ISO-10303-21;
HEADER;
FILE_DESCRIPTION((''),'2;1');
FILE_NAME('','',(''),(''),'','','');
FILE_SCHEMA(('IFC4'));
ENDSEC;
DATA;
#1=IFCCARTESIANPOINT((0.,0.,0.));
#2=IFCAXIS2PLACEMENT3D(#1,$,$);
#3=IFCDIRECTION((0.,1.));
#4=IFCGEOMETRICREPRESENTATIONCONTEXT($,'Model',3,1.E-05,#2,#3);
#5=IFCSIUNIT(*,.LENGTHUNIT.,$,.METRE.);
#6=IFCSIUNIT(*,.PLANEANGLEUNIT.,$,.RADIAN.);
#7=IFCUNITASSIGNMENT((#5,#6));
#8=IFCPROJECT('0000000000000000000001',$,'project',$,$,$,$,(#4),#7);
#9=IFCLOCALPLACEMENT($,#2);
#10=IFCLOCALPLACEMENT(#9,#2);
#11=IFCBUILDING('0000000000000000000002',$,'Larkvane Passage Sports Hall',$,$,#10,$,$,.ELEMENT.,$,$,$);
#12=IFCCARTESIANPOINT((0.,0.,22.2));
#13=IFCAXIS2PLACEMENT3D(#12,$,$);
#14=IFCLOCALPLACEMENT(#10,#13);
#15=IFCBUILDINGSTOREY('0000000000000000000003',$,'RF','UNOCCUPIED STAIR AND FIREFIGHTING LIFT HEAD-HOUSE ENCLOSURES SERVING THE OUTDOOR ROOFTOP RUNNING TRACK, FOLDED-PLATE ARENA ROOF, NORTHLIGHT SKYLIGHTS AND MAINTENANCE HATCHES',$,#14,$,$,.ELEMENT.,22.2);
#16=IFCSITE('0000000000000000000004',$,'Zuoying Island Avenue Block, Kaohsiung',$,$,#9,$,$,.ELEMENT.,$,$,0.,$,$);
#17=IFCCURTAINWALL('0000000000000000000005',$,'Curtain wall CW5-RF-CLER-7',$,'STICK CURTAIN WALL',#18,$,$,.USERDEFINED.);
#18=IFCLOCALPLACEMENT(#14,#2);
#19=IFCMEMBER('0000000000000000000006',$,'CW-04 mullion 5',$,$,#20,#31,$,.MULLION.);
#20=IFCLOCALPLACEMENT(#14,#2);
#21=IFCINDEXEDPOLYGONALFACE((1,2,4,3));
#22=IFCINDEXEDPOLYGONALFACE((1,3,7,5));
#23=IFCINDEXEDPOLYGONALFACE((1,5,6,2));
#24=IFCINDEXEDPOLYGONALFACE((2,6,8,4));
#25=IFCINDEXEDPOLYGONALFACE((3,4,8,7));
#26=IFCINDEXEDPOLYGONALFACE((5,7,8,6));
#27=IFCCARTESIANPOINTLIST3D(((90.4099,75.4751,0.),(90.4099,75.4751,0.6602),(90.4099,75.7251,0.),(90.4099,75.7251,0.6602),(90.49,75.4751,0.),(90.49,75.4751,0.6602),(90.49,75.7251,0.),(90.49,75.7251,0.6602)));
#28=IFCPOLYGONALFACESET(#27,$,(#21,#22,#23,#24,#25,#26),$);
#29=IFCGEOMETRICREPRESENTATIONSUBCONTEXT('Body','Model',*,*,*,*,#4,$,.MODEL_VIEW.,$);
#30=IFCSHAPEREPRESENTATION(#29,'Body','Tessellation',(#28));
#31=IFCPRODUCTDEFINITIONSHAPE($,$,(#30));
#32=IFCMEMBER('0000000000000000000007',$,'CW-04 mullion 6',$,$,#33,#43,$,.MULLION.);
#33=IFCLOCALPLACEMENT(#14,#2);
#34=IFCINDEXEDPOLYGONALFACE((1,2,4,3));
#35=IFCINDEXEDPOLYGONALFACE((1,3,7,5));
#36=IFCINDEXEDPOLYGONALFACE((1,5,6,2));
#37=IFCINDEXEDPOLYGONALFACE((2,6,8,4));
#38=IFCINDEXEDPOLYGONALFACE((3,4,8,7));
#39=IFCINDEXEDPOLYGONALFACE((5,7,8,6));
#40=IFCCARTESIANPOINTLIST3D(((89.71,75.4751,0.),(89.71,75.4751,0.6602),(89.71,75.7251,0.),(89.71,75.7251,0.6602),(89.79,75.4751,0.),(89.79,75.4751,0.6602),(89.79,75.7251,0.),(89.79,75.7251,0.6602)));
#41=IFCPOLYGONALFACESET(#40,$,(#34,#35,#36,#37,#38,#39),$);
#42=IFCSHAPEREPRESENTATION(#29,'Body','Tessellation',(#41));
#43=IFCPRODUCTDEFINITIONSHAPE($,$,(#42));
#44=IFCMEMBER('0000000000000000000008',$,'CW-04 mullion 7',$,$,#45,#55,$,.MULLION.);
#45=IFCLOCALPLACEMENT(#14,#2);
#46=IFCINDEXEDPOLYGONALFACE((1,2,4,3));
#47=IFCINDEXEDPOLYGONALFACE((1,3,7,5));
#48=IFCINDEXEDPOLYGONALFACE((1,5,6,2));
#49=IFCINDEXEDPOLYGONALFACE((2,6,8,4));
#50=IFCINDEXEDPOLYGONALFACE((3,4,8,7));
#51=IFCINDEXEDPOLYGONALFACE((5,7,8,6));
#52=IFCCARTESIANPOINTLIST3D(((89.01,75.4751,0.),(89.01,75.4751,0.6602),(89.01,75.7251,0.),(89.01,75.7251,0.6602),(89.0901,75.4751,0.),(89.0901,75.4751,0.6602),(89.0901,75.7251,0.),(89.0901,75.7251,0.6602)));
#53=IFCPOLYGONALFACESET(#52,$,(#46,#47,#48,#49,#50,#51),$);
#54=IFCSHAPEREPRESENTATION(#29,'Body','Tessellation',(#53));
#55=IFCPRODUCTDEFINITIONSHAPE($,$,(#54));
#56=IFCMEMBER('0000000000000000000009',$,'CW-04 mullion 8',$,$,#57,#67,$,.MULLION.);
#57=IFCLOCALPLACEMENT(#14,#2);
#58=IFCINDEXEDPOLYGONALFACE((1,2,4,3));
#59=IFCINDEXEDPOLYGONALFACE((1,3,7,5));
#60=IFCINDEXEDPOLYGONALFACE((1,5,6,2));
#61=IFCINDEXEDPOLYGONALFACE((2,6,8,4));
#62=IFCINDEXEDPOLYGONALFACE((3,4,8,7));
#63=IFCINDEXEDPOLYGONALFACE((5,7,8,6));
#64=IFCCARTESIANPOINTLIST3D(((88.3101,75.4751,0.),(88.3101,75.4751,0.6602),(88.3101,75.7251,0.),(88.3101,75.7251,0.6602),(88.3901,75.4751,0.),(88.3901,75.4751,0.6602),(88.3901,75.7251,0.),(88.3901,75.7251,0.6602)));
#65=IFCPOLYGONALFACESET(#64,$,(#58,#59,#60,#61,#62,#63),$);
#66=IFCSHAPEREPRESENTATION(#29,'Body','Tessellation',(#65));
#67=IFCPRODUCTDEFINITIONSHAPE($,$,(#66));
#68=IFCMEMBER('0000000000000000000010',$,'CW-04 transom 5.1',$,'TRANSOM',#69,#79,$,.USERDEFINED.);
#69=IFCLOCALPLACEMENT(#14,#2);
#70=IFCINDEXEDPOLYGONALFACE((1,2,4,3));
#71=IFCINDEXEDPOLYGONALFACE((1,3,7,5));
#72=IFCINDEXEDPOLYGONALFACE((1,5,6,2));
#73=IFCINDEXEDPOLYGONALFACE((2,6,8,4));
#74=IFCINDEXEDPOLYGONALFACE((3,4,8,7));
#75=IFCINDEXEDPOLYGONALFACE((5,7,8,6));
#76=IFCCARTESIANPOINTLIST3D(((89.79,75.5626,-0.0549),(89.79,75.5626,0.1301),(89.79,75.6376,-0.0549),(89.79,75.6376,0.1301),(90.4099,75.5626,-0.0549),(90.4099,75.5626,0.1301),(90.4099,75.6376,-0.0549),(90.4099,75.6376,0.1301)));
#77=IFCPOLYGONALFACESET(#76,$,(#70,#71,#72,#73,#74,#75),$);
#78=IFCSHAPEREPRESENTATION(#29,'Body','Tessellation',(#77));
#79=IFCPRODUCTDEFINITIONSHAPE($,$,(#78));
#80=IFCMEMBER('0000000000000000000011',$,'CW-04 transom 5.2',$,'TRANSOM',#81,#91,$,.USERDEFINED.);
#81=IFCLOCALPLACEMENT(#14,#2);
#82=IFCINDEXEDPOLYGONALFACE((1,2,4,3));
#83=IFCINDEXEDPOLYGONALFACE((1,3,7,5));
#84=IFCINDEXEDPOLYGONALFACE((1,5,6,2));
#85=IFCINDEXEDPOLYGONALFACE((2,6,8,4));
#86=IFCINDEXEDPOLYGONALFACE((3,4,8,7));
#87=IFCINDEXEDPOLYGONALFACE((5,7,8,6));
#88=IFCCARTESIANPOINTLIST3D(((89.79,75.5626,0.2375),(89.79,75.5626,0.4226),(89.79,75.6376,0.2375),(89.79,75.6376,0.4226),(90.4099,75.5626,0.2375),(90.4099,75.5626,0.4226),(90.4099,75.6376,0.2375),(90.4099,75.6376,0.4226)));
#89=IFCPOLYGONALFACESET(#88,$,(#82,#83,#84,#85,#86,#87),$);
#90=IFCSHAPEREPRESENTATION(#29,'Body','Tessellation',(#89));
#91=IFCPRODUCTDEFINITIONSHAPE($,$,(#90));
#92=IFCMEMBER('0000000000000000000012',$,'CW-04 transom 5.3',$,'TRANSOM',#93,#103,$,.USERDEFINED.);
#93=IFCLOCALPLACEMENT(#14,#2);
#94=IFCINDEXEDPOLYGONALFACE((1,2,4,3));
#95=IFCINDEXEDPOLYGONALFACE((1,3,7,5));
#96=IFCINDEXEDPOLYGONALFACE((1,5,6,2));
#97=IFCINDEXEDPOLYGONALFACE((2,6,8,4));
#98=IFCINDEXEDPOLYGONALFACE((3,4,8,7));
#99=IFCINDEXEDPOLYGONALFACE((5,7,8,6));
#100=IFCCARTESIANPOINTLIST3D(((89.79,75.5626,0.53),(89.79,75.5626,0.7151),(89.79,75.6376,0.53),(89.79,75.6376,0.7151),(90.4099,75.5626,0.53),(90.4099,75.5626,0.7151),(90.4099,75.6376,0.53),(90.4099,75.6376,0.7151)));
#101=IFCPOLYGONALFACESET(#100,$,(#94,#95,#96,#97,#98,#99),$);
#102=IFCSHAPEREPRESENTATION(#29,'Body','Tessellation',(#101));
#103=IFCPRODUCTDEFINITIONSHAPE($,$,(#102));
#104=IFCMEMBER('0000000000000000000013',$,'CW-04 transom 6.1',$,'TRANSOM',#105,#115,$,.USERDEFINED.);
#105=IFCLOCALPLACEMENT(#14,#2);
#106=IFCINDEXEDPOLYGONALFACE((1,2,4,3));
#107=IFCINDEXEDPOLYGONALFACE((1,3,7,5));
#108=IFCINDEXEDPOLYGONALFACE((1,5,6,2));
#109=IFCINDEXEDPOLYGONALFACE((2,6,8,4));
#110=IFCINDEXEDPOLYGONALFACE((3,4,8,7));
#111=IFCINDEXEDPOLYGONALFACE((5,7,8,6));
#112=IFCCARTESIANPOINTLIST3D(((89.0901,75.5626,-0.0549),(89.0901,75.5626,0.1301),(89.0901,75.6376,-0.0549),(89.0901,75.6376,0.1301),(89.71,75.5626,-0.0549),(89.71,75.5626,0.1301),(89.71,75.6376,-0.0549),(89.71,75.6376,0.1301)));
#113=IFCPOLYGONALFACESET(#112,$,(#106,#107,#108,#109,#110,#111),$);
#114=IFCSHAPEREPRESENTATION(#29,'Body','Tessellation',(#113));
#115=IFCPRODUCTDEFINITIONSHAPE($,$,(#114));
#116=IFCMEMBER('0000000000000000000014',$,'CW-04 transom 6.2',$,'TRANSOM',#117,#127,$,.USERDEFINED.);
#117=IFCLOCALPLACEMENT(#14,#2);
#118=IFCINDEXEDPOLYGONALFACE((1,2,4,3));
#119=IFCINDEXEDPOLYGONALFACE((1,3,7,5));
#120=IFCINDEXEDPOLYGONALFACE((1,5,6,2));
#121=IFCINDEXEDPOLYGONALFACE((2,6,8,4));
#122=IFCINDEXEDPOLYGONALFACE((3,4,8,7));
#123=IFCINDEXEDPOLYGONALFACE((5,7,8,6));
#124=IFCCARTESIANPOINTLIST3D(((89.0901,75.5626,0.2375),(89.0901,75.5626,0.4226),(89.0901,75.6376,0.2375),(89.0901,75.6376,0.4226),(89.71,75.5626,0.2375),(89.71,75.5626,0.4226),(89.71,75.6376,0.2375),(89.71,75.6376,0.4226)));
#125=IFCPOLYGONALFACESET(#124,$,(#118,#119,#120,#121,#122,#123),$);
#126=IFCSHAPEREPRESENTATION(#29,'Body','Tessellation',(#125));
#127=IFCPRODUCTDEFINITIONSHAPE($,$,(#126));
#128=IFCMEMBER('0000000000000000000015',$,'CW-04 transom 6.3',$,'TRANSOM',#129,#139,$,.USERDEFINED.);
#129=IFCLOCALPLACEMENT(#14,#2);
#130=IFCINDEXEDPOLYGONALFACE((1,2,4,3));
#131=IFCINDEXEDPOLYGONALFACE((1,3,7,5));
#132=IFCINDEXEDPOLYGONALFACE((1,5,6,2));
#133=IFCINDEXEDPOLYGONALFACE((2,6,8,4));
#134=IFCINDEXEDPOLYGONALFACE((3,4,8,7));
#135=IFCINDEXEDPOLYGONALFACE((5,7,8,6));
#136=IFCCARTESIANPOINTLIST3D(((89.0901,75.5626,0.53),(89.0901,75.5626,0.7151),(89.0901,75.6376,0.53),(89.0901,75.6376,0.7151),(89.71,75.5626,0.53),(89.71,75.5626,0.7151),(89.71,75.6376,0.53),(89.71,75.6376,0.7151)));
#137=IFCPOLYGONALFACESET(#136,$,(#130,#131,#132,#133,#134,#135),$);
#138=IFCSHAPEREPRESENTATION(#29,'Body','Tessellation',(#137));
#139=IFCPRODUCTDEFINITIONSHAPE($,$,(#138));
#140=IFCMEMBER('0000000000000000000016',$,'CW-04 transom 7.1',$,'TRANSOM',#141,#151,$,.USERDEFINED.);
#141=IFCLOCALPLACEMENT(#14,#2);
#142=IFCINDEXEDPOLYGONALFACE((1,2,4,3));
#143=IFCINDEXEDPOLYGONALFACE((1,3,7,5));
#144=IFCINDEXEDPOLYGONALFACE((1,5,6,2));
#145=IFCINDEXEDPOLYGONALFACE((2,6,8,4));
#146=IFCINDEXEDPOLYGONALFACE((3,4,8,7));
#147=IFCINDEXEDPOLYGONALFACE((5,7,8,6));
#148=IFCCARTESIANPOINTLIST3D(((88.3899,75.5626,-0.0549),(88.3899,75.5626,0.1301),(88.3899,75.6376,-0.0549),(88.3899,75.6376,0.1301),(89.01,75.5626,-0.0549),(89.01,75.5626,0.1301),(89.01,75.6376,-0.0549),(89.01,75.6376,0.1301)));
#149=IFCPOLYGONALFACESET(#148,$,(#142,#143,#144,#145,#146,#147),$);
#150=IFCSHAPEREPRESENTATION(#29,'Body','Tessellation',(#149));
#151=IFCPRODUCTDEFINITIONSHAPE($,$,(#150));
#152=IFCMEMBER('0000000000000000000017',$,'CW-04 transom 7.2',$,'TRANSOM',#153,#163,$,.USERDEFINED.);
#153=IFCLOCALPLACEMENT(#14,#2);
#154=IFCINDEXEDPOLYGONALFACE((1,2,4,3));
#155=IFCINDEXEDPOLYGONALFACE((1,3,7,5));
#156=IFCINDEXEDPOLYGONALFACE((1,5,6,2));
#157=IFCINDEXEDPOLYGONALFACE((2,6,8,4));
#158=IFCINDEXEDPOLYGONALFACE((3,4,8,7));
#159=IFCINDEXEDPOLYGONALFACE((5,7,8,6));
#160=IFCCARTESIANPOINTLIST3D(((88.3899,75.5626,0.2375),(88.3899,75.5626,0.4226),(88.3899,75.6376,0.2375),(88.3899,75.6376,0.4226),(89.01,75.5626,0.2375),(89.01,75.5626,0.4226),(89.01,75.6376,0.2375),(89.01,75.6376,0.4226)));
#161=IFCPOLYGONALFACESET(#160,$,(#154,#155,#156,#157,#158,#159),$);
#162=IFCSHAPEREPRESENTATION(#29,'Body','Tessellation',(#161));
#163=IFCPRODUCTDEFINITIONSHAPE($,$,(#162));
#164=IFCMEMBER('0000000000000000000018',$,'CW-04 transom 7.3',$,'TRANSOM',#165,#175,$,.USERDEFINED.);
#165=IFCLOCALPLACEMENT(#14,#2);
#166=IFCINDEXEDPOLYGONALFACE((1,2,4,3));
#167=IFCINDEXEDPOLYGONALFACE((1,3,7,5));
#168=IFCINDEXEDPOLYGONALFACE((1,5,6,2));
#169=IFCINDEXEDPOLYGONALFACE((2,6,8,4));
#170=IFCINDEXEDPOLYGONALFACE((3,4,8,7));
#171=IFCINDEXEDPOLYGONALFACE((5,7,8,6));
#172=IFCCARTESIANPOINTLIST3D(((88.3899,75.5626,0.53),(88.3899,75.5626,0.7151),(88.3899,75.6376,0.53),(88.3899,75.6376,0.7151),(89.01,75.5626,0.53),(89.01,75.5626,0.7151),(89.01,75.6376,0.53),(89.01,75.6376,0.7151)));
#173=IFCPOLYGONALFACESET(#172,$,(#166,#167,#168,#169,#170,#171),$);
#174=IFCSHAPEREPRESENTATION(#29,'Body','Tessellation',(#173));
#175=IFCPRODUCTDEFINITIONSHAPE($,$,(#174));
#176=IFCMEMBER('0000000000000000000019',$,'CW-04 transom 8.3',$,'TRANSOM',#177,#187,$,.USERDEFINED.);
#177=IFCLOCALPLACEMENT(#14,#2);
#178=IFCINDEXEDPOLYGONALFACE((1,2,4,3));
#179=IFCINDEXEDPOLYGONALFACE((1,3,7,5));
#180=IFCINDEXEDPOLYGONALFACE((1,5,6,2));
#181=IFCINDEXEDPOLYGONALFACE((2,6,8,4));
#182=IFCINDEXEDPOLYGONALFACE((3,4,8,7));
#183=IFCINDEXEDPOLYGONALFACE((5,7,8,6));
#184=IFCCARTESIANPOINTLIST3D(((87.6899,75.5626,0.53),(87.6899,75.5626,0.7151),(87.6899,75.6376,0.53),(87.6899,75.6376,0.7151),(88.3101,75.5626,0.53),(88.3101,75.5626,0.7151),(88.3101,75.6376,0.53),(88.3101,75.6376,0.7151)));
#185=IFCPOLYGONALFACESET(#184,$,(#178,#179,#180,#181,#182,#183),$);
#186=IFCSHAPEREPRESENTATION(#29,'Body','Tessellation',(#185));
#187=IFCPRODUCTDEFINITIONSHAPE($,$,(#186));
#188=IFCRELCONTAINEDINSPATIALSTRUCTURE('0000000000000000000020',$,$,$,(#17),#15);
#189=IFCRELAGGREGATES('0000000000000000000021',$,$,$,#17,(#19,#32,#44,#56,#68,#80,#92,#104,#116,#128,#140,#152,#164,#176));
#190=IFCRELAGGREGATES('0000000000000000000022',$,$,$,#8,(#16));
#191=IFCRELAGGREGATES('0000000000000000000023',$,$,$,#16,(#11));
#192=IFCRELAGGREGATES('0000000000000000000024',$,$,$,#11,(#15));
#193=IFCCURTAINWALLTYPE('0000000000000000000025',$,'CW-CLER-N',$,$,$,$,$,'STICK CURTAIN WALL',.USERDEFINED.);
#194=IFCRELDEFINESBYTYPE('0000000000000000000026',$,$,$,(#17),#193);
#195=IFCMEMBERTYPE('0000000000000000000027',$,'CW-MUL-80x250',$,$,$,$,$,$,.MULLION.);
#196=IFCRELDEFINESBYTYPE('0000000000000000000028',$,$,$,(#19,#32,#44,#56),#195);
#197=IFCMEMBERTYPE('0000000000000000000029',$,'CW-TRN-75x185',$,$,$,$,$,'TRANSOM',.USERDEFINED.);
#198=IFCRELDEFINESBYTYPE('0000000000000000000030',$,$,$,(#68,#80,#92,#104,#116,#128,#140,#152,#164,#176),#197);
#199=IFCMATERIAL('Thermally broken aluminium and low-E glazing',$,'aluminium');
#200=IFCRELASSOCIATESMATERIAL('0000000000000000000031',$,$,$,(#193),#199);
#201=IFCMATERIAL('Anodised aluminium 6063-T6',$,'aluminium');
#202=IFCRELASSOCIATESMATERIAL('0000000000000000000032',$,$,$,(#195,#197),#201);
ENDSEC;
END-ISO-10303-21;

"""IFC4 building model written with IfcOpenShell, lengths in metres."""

from ifc_helpers import new_model, si_unit, direction, frame, origin, origin_2d, place, context, subcontext, project, spatial, rectangle, extrude, material, material_profile, profile_set, type_object, element, aggregate, save


model = new_model("IFC4")

# Units and contexts
model_context = context("Model", 3, precision=1e-05, world=origin(), true_north=direction((0.0, 1.0)))
body_context = subcontext(model_context, "Body", "Model", "MODEL_VIEW")
ifc_project = project(units=[si_unit("LENGTHUNIT", "METRE"), si_unit("PLANEANGLEUNIT", "RADIAN")], contexts=[model_context])

# Site, building, storey
site_placement = place(None, origin())
site = spatial("IfcSite", under=ifc_project, at=site_placement, Name="Zuoying Island Avenue Block, Kaohsiung", CompositionType="ELEMENT", RefElevation=0.0)
building_placement = place(site_placement, origin())
building = spatial("IfcBuilding", under=site, at=building_placement, Name="Larkvane Passage Sports Hall", CompositionType="ELEMENT")
storey_placement = place(building_placement, frame((0.0, 0.0, 22.2)))
storey = spatial("IfcBuildingStorey", under=building, at=storey_placement, Name="RF", Description="UNOCCUPIED STAIR AND FIREFIGHTING LIFT HEAD-HOUSE ENCLOSURES SERVING THE OUTDOOR ROOFTOP RUNNING TRACK, FOLDED-PLATE ARENA ROOF, NORTHLIGHT SKYLIGHTS AND MAINTENANCE HATCHES", CompositionType="ELEMENT", Elevation=22.2)

# Curtain wall, members
ifc_material_1 = material(Name="Thermally broken aluminium and low-E glazing", Category="aluminium")
curtain_wall_type = type_object("IfcCurtainWallType", Name="CW-CLER-N", ElementType="STICK CURTAIN WALL", PredefinedType="USERDEFINED", material=ifc_material_1)
curtain_wall_placement = place(storey_placement, origin())
curtain_wall = element("IfcCurtainWall", 1, at=curtain_wall_placement, inside=storey, type_object=curtain_wall_type, Name="Curtain wall CW5-RF-CLER-7", ObjectType="STICK CURTAIN WALL", PredefinedType="USERDEFINED")
ifc_material_2 = material(Name="Anodised aluminium 6063-T6", Category="aluminium")
ifc_material_profile_1 = material_profile(ifc_material_2, rectangle(XDim=0.0801, YDim=0.25, at=origin_2d()), Name="ALU-MUL-80x250")
ifc_profile_set_1 = profile_set([ifc_material_profile_1], Name="Anodised aluminium 6063-T6")
member_type_1 = type_object("IfcMemberType", Name="CW-MUL-80x250", PredefinedType="MULLION", material=ifc_profile_set_1)
member_1_placement = place(storey_placement, frame((90.45, 75.6001, 0.0), z_axis=(0.0, 0.0, 1.0), x_axis=(-1.0, 0.0, 0.0)))
member_1 = element("IfcMember", 2, at=member_1_placement, type_object=member_type_1, Name="CW-04 mullion 5", PredefinedType="MULLION", context=body_context, shape_type="SweptSolid", body=[
    extrude(rectangle(XDim=0.0801, YDim=0.25, at=origin_2d()), origin(), (0.0, 0.0, 1.0), 0.6602),
])
member_2_placement = place(storey_placement, frame((89.75, 75.6001, 0.0), z_axis=(0.0, 0.0, 1.0), x_axis=(-1.0, 0.0, 0.0)))
member_2 = element("IfcMember", 3, at=member_2_placement, type_object=member_type_1, Name="CW-04 mullion 6", PredefinedType="MULLION", context=body_context, shape_type="SweptSolid", body=[
    extrude(rectangle(XDim=0.0801, YDim=0.25, at=origin_2d()), origin(), (0.0, 0.0, 1.0), 0.6602),
])
member_3_placement = place(storey_placement, frame((89.05, 75.6001, 0.0), z_axis=(0.0, 0.0, 1.0), x_axis=(-1.0, 0.0, 0.0)))
member_3 = element("IfcMember", 4, at=member_3_placement, type_object=member_type_1, Name="CW-04 mullion 7", PredefinedType="MULLION", context=body_context, shape_type="SweptSolid", body=[
    extrude(rectangle(XDim=0.0801, YDim=0.25, at=origin_2d()), origin(), (0.0, 0.0, 1.0), 0.6602),
])
member_4_placement = place(storey_placement, frame((88.3501, 75.6001, 0.0), z_axis=(0.0, 0.0, 1.0), x_axis=(-1.0, 0.0, 0.0)))
member_4 = element("IfcMember", 5, at=member_4_placement, type_object=member_type_1, Name="CW-04 mullion 8", PredefinedType="MULLION", context=body_context, shape_type="SweptSolid", body=[
    extrude(rectangle(XDim=0.0801, YDim=0.25, at=origin_2d()), origin(), (0.0, 0.0, 1.0), 0.6602),
])
ifc_material_profile_2 = material_profile(ifc_material_2, rectangle(XDim=0.075, YDim=0.1851, at=origin_2d()), Name="ALU-TRN-75x185")
ifc_profile_set_2 = profile_set([ifc_material_profile_2], Name="Anodised aluminium 6063-T6")
member_type_2 = type_object("IfcMemberType", Name="CW-TRN-75x185", ElementType="TRANSOM", PredefinedType="USERDEFINED", material=ifc_profile_set_2)
member_5_placement = place(storey_placement, frame((90.4099, 75.6001, 0.0376), z_axis=(-1.0, 0.0, 0.0), x_axis=(0.0, -1.0, 0.0)))
member_5 = element("IfcMember", 6, at=member_5_placement, type_object=member_type_2, Name="CW-04 transom 5.1", ObjectType="TRANSOM", PredefinedType="USERDEFINED", context=body_context, shape_type="SweptSolid", body=[
    extrude(rectangle(XDim=0.075, YDim=0.1851, at=origin_2d()), origin(), (0.0, 0.0, 1.0), 0.6199),
])
member_6_placement = place(storey_placement, frame((90.4099, 75.6001, 0.3301), z_axis=(-1.0, 0.0, 0.0), x_axis=(0.0, -1.0, 0.0)))
member_6 = element("IfcMember", 7, at=member_6_placement, type_object=member_type_2, Name="CW-04 transom 5.2", ObjectType="TRANSOM", PredefinedType="USERDEFINED", context=body_context, shape_type="SweptSolid", body=[
    extrude(rectangle(XDim=0.075, YDim=0.1851, at=origin_2d()), origin(), (0.0, 0.0, 1.0), 0.6199),
])
member_7_placement = place(storey_placement, frame((90.4099, 75.6001, 0.6226), z_axis=(-1.0, 0.0, 0.0), x_axis=(0.0, -1.0, 0.0)))
member_7 = element("IfcMember", 8, at=member_7_placement, type_object=member_type_2, Name="CW-04 transom 5.3", ObjectType="TRANSOM", PredefinedType="USERDEFINED", context=body_context, shape_type="SweptSolid", body=[
    extrude(rectangle(XDim=0.075, YDim=0.1851, at=origin_2d()), origin(), (0.0, 0.0, 1.0), 0.6199),
])
member_8_placement = place(storey_placement, frame((89.71, 75.6001, 0.0376), z_axis=(-1.0, 0.0, 0.0), x_axis=(0.0, -1.0, 0.0)))
member_8 = element("IfcMember", 9, at=member_8_placement, type_object=member_type_2, Name="CW-04 transom 6.1", ObjectType="TRANSOM", PredefinedType="USERDEFINED", context=body_context, shape_type="SweptSolid", body=[
    extrude(rectangle(XDim=0.075, YDim=0.1851, at=origin_2d()), origin(), (0.0, 0.0, 1.0), 0.6199),
])
member_9_placement = place(storey_placement, frame((89.71, 75.6001, 0.3301), z_axis=(-1.0, 0.0, 0.0), x_axis=(0.0, -1.0, 0.0)))
member_9 = element("IfcMember", 10, at=member_9_placement, type_object=member_type_2, Name="CW-04 transom 6.2", ObjectType="TRANSOM", PredefinedType="USERDEFINED", context=body_context, shape_type="SweptSolid", body=[
    extrude(rectangle(XDim=0.075, YDim=0.1851, at=origin_2d()), origin(), (0.0, 0.0, 1.0), 0.6199),
])
member_10_placement = place(storey_placement, frame((89.71, 75.6001, 0.6226), z_axis=(-1.0, 0.0, 0.0), x_axis=(0.0, -1.0, 0.0)))
member_10 = element("IfcMember", 11, at=member_10_placement, type_object=member_type_2, Name="CW-04 transom 6.3", ObjectType="TRANSOM", PredefinedType="USERDEFINED", context=body_context, shape_type="SweptSolid", body=[
    extrude(rectangle(XDim=0.075, YDim=0.1851, at=origin_2d()), origin(), (0.0, 0.0, 1.0), 0.6199),
])
member_11_placement = place(storey_placement, frame((89.01, 75.6001, 0.0376), z_axis=(-1.0, 0.0, 0.0), x_axis=(0.0, -1.0, 0.0)))
member_11 = element("IfcMember", 12, at=member_11_placement, type_object=member_type_2, Name="CW-04 transom 7.1", ObjectType="TRANSOM", PredefinedType="USERDEFINED", context=body_context, shape_type="SweptSolid", body=[
    extrude(rectangle(XDim=0.075, YDim=0.1851, at=origin_2d()), origin(), (0.0, 0.0, 1.0), 0.6201),
])
member_12_placement = place(storey_placement, frame((89.01, 75.6001, 0.3301), z_axis=(-1.0, 0.0, 0.0), x_axis=(0.0, -1.0, 0.0)))
member_12 = element("IfcMember", 13, at=member_12_placement, type_object=member_type_2, Name="CW-04 transom 7.2", ObjectType="TRANSOM", PredefinedType="USERDEFINED", context=body_context, shape_type="SweptSolid", body=[
    extrude(rectangle(XDim=0.075, YDim=0.1851, at=origin_2d()), origin(), (0.0, 0.0, 1.0), 0.6201),
])
member_13_placement = place(storey_placement, frame((89.01, 75.6001, 0.6226), z_axis=(-1.0, 0.0, 0.0), x_axis=(0.0, -1.0, 0.0)))
member_13 = element("IfcMember", 14, at=member_13_placement, type_object=member_type_2, Name="CW-04 transom 7.3", ObjectType="TRANSOM", PredefinedType="USERDEFINED", context=body_context, shape_type="SweptSolid", body=[
    extrude(rectangle(XDim=0.075, YDim=0.1851, at=origin_2d()), origin(), (0.0, 0.0, 1.0), 0.6201),
])
member_14_placement = place(storey_placement, frame((88.3101, 75.6001, 0.6226), z_axis=(-1.0, 0.0, 0.0), x_axis=(0.0, -1.0, 0.0)))
member_14 = element("IfcMember", 15, at=member_14_placement, type_object=member_type_2, Name="CW-04 transom 8.3", ObjectType="TRANSOM", PredefinedType="USERDEFINED", context=body_context, shape_type="SweptSolid", body=[
    extrude(rectangle(XDim=0.075, YDim=0.1851, at=origin_2d()), origin(), (0.0, 0.0, 1.0), 0.6201),
])

aggregate(curtain_wall, [member_1, member_2, member_3, member_4, member_5, member_6, member_7, member_8, member_9, member_10, member_11, member_12, member_13, member_14])

save(model, "model.ifc")
